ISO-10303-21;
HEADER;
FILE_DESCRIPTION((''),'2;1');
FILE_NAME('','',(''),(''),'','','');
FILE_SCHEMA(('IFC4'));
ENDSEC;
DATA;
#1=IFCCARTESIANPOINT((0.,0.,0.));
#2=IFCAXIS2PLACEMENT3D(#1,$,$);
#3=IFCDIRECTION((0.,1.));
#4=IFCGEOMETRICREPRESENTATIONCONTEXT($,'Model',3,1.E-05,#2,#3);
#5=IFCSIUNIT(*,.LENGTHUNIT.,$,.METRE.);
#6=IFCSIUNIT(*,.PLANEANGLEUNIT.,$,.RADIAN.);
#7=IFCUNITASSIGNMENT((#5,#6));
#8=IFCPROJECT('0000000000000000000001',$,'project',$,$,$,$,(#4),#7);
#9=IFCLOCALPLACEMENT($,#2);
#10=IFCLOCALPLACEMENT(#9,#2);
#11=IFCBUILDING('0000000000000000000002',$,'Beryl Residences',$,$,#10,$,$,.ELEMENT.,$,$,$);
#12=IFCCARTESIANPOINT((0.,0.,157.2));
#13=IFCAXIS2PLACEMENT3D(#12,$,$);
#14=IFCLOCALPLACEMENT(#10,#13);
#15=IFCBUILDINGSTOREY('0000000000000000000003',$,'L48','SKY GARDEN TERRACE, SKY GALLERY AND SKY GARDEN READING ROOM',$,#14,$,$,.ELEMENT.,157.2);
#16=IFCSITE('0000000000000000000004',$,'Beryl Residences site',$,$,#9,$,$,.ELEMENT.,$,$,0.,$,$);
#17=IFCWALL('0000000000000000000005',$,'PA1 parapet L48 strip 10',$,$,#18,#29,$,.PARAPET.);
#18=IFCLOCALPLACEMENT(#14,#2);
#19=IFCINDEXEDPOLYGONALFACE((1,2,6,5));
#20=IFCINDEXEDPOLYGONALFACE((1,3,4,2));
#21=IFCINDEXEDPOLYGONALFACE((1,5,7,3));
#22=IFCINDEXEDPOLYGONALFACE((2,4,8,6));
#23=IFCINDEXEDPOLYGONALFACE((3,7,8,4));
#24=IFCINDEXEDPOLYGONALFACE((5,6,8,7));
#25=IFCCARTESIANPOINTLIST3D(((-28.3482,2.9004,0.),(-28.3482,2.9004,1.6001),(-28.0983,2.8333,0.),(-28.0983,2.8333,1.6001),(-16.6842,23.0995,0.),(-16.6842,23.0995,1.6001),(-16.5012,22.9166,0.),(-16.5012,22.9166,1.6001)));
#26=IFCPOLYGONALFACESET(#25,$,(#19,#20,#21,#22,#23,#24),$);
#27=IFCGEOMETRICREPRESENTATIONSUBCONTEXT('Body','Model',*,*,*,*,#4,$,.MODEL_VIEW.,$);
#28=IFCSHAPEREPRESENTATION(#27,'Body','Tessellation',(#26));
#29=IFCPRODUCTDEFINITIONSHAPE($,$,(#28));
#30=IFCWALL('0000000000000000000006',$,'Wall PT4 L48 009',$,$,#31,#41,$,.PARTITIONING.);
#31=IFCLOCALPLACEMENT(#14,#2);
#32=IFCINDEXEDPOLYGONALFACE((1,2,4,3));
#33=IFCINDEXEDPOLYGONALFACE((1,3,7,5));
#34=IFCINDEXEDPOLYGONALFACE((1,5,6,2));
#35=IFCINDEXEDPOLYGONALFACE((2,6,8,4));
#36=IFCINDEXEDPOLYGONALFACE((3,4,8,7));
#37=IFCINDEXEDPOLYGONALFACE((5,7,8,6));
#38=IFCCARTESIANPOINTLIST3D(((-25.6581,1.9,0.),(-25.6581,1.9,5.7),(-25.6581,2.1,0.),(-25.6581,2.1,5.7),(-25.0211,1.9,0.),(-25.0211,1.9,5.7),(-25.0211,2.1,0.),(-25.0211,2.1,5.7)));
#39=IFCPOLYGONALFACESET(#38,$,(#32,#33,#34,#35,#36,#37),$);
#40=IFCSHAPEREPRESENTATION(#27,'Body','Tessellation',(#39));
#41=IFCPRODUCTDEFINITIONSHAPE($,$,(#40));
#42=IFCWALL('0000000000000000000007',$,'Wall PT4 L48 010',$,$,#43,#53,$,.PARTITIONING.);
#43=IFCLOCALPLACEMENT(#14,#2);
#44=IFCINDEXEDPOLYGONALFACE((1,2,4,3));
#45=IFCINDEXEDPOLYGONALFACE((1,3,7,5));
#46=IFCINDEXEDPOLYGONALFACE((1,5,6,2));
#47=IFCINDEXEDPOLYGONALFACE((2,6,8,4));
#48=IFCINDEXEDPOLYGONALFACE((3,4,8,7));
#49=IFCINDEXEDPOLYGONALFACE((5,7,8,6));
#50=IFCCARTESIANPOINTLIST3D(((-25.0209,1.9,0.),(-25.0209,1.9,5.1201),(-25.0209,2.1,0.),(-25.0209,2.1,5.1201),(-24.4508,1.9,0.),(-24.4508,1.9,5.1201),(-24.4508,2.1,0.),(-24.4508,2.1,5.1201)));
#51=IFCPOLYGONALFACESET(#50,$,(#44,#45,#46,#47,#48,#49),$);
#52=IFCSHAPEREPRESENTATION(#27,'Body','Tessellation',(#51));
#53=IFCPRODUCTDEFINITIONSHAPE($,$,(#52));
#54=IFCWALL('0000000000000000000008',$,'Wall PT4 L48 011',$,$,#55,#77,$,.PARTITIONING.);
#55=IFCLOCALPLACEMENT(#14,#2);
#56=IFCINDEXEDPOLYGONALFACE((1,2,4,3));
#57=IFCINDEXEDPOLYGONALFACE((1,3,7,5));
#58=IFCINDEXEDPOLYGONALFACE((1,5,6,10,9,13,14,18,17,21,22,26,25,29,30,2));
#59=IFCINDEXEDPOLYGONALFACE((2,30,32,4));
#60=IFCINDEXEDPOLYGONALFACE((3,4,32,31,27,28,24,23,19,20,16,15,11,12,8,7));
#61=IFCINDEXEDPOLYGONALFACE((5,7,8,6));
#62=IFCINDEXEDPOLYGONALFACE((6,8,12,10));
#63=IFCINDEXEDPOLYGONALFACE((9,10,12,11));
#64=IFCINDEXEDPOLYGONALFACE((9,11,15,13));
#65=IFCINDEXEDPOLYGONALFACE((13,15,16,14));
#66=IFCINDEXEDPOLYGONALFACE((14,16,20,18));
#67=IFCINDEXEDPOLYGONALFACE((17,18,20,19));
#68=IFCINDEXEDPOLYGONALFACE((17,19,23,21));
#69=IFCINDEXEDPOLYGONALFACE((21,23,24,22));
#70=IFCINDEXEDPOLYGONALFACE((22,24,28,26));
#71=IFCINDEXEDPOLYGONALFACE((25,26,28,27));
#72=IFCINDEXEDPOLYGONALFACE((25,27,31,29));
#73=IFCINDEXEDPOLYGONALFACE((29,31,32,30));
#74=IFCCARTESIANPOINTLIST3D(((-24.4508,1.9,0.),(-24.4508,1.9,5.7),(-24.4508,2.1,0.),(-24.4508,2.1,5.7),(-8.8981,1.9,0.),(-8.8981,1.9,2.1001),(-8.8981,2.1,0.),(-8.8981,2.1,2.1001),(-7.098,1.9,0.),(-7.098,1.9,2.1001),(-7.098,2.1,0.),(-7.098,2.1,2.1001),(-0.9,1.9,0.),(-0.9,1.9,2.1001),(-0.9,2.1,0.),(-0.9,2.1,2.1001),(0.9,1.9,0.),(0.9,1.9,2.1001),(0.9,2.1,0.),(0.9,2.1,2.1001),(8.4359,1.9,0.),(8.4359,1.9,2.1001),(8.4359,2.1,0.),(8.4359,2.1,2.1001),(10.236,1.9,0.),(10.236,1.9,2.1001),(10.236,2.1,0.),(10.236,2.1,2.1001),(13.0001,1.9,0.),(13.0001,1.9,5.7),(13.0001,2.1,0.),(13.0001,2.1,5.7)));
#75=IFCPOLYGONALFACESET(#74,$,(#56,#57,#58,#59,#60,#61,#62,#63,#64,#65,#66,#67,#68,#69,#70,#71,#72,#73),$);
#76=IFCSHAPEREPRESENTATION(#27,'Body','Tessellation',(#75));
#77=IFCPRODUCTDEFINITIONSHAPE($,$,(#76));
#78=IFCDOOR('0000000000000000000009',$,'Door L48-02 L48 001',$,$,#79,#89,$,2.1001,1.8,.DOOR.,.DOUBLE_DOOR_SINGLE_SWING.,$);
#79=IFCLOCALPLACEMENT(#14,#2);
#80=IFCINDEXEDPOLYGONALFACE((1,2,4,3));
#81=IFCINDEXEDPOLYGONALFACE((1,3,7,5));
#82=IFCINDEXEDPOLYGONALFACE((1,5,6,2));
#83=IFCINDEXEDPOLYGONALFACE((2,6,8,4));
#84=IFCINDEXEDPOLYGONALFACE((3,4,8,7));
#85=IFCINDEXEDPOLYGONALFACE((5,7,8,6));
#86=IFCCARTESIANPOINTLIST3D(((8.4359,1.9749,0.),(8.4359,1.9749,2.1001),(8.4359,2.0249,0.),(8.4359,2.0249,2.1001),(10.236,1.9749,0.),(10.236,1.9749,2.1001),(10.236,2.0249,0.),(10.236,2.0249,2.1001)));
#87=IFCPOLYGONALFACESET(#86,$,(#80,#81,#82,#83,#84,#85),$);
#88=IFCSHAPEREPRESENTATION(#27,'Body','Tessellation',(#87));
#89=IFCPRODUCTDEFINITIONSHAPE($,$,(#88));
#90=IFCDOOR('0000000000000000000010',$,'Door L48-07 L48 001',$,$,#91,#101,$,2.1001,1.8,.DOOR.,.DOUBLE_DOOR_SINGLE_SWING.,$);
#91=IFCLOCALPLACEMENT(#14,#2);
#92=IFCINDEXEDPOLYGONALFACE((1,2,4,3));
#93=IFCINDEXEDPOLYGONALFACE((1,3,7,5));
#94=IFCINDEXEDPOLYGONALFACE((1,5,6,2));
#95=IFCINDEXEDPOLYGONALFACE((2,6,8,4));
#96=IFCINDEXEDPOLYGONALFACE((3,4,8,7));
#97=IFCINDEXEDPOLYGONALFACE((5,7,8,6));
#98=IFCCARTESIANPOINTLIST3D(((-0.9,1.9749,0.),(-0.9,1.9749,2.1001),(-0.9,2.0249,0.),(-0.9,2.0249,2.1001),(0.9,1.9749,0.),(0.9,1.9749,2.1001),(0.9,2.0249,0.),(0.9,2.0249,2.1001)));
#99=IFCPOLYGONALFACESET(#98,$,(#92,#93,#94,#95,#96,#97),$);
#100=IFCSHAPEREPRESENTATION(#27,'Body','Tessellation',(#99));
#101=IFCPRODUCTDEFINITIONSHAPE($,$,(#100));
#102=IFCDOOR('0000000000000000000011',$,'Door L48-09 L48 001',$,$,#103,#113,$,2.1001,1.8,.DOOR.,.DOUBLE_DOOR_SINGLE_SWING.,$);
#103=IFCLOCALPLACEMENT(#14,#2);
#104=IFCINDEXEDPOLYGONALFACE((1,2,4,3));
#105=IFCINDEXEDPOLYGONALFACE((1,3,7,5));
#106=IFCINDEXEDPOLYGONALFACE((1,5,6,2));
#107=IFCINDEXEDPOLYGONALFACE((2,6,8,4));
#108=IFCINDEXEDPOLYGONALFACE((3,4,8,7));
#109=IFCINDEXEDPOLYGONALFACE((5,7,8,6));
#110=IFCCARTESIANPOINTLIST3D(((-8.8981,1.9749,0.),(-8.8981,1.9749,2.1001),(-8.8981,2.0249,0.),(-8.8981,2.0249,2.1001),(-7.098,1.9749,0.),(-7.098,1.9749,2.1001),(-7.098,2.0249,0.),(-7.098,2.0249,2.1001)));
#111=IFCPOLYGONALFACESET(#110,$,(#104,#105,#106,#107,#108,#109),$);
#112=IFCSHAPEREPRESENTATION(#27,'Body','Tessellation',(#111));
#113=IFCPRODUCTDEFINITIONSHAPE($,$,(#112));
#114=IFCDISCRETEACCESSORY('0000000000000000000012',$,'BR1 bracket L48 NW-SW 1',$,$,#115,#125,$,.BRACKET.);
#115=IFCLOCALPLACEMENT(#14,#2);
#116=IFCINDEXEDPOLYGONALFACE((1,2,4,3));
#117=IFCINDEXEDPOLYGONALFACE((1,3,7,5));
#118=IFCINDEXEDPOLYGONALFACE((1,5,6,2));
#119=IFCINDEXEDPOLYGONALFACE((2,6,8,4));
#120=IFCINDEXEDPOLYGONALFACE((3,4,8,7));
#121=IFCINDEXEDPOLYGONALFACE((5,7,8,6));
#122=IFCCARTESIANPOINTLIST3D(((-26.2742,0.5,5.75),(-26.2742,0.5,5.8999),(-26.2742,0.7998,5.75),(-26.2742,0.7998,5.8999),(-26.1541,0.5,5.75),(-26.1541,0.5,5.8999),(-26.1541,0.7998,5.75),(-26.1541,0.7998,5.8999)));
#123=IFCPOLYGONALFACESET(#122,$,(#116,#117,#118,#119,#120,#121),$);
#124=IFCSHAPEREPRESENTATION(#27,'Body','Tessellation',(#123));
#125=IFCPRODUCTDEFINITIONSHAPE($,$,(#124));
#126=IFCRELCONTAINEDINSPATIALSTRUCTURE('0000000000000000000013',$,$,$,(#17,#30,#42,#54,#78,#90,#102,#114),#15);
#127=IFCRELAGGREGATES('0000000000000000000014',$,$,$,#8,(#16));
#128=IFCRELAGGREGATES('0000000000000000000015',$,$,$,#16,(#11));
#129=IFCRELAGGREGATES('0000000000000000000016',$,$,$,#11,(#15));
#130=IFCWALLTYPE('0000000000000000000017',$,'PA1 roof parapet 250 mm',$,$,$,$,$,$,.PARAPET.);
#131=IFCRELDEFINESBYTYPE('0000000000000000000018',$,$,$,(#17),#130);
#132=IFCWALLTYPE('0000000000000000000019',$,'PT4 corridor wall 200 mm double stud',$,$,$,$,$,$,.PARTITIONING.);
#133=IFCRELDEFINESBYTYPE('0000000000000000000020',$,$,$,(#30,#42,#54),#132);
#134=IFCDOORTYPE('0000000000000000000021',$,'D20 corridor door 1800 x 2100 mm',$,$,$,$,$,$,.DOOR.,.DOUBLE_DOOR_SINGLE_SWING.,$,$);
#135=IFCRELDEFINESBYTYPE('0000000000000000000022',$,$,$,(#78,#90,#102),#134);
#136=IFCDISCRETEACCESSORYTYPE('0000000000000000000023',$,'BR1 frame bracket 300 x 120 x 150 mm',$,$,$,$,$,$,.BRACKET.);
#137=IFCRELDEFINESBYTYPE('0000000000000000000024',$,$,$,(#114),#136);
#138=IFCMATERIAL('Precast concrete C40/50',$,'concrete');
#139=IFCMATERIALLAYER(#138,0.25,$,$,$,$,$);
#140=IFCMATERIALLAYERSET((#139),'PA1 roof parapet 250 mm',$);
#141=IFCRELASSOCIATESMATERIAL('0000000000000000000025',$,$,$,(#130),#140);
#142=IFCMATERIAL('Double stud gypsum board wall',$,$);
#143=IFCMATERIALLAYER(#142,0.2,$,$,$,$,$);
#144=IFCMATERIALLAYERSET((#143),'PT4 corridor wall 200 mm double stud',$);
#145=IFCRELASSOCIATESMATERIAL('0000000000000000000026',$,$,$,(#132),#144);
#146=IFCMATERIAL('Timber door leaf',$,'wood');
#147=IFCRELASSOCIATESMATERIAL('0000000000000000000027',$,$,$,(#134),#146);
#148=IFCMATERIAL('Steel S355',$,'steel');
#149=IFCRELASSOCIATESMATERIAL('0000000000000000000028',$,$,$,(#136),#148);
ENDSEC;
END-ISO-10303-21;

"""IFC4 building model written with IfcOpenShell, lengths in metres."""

from ifc_helpers import new_model, si_unit, direction, frame, frame_2d, origin, place, context, subcontext, project, spatial, polyline, rectangle, outline, extrude, source, transform, mapped, material, layer, layer_set, type_object, type_shapes, element, fill, save


model = new_model("IFC4")

# Units and contexts
model_context = context("Model", 3, precision=1e-05, world=origin(), true_north=direction((0.0, 1.0)))
body_context = subcontext(model_context, "Body", "Model", "MODEL_VIEW")
ifc_project = project(units=[si_unit("LENGTHUNIT", "METRE"), si_unit("PLANEANGLEUNIT", "RADIAN")], contexts=[model_context])

# Site, building, storey
site_placement = place(None, origin())
site = spatial("IfcSite", under=ifc_project, at=site_placement, Name="Beryl Residences site", CompositionType="ELEMENT", RefElevation=0.0)
building_placement = place(site_placement, origin())
building = spatial("IfcBuilding", under=site, at=building_placement, Name="Beryl Residences", CompositionType="ELEMENT")
storey_placement = place(building_placement, frame((0.0, 0.0, 157.2)))
storey = spatial("IfcBuildingStorey", under=building, at=storey_placement, Name="L48", Description="SKY GARDEN TERRACE, SKY GALLERY AND SKY GARDEN READING ROOM", CompositionType="ELEMENT", Elevation=157.2)

# Walls
ifc_material_1 = material(Name="Precast concrete C40/50", Category="concrete")
ifc_layer_1 = layer(ifc_material_1, 0.25)
ifc_layer_set_1 = layer_set([ifc_layer_1], Name="PA1 roof parapet 250 mm")
wall_type_1 = type_object("IfcWallType", Name="PA1 roof parapet 250 mm", PredefinedType="PARAPET", material=ifc_layer_set_1)
wall_1_placement = place(storey_placement, frame((-28.24, 2.8379, 0.0), z_axis=(0.0, 0.0, 1.0), x_axis=(0.500066, 0.865988, 0.0)))
element("IfcWall", 1, at=wall_1_placement, inside=storey, type_object=wall_type_1, Name="PA1 parapet L48 strip 10", PredefinedType="PARAPET", context=body_context, shape_type="SweptSolid", body=[
    extrude(outline(polyline([(0.0669, -0.125), (23.2581, -0.125), (23.325, 0.125), (0.0, 0.125), (0.0669, -0.125)])), origin(), (0.0, 0.0, 1.0), 1.6001),
])
ifc_material_2 = material(Name="Double stud gypsum board wall")
ifc_layer_2 = layer(ifc_material_2, 0.2)
ifc_layer_set_2 = layer_set([ifc_layer_2], Name="PT4 corridor wall 200 mm double stud")
wall_type_2 = type_object("IfcWallType", Name="PT4 corridor wall 200 mm double stud", PredefinedType="PARTITIONING", material=ifc_layer_set_2)
wall_2_placement = place(storey_placement, frame((-25.658, 2.0, 0.0), z_axis=(0.0, 0.0, 1.0), x_axis=(1.0, 0.0, 0.0)))
element("IfcWall", 2, at=wall_2_placement, inside=storey, type_object=wall_type_2, Name="Wall PT4 L48 009", PredefinedType="PARTITIONING", context=body_context, shape_type="SweptSolid", body=[
    extrude(rectangle(XDim=0.637, YDim=0.2, at=frame_2d((0.3184, 0.0))), origin(), (0.0, 0.0, 1.0), 5.7),
])
wall_3_placement = place(storey_placement, frame((-25.021, 2.0, 0.0), z_axis=(0.0, 0.0, 1.0), x_axis=(1.0, 0.0, 0.0)))
element("IfcWall", 3, at=wall_3_placement, inside=storey, type_object=wall_type_2, Name="Wall PT4 L48 010", PredefinedType="PARTITIONING", context=body_context, shape_type="SweptSolid", body=[
    extrude(rectangle(XDim=0.5701, YDim=0.2, at=frame_2d((0.2852, 0.0))), origin(), (0.0, 0.0, 1.0), 5.1201),
])

# Wall, openings, doors
wall_4_placement = place(storey_placement, frame((-24.4509, 2.0, 0.0), z_axis=(0.0, 0.0, 1.0), x_axis=(1.0, 0.0, 0.0)))
wall_4 = element("IfcWall", 4, at=wall_4_placement, inside=storey, type_object=wall_type_2, Name="Wall PT4 L48 011", PredefinedType="PARTITIONING", context=body_context, shape_type="SweptSolid", body=[
    extrude(rectangle(XDim=37.4509, YDim=0.2, at=frame_2d((18.7256, 0.0))), origin(), (0.0, 0.0, 1.0), 5.7),
])
opening_1_placement = place(wall_4_placement, frame((32.887, 0.0, 0.0)))
opening_1 = element("IfcOpeningElement", 5, at=opening_1_placement, cuts=wall_4, PredefinedType="OPENING", context=body_context, shape_type="SweptSolid", body=[
    extrude(rectangle(XDim=1.8, YDim=2.1001, at=frame_2d((0.8999, 1.05))), frame((0.0, 0.1099, 0.0), z_axis=(0.0, -1.0, 0.0), x_axis=(1.0, 0.0, 0.0)), (0.0, 0.0, 1.0), 0.22),
])
opening_2_placement = place(wall_4_placement, frame((23.551, 0.0, 0.0)))
opening_2 = element("IfcOpeningElement", 6, at=opening_2_placement, cuts=wall_4, PredefinedType="OPENING", context=body_context, shape_type="SweptSolid", body=[
    extrude(rectangle(XDim=1.8, YDim=2.1001, at=frame_2d((0.8999, 1.05))), frame((0.0, 0.1099, 0.0), z_axis=(0.0, -1.0, 0.0), x_axis=(1.0, 0.0, 0.0)), (0.0, 0.0, 1.0), 0.22),
])
opening_3_placement = place(wall_4_placement, frame((15.553, 0.0, 0.0)))
opening_3 = element("IfcOpeningElement", 7, at=opening_3_placement, cuts=wall_4, PredefinedType="OPENING", context=body_context, shape_type="SweptSolid", body=[
    extrude(rectangle(XDim=1.8, YDim=2.1001, at=frame_2d((0.8999, 1.05))), frame((0.0, 0.1099, 0.0), z_axis=(0.0, -1.0, 0.0), x_axis=(1.0, 0.0, 0.0)), (0.0, 0.0, 1.0), 0.22),
])
ifc_material_3 = material(Name="Timber door leaf", Category="wood")
door_type = type_object("IfcDoorType", Name="D20 corridor door 1800 x 2100 mm", OperationType="DOUBLE_DOOR_SINGLE_SWING", PredefinedType="DOOR", material=ifc_material_3)
door_1_placement = place(opening_1_placement, origin())
door_1 = element("IfcDoor", 8, at=door_1_placement, inside=storey, type_object=door_type, Name="Door L48-02 L48 001", OperationType="DOUBLE_DOOR_SINGLE_SWING", OverallHeight=2.1001, OverallWidth=1.8, PredefinedType="DOOR", context=body_context, shape_type="SweptSolid", body=[
    extrude(rectangle(XDim=1.8, YDim=2.1001, at=frame_2d((0.8999, 1.05))), frame((0.0, 0.0249, 0.0), z_axis=(0.0, -1.0, 0.0), x_axis=(1.0, 0.0, 0.0)), (0.0, 0.0, 1.0), 0.05),
])
fill(opening_1, door_1)
door_2_placement = place(opening_2_placement, origin())
door_2 = element("IfcDoor", 9, at=door_2_placement, inside=storey, type_object=door_type, Name="Door L48-07 L48 001", OperationType="DOUBLE_DOOR_SINGLE_SWING", OverallHeight=2.1001, OverallWidth=1.8, PredefinedType="DOOR", context=body_context, shape_type="SweptSolid", body=[
    extrude(rectangle(XDim=1.8, YDim=2.1001, at=frame_2d((0.8999, 1.05))), frame((0.0, 0.0249, 0.0), z_axis=(0.0, -1.0, 0.0), x_axis=(1.0, 0.0, 0.0)), (0.0, 0.0, 1.0), 0.05),
])
fill(opening_2, door_2)
door_3_placement = place(opening_3_placement, origin())
door_3 = element("IfcDoor", 10, at=door_3_placement, inside=storey, type_object=door_type, Name="Door L48-09 L48 001", OperationType="DOUBLE_DOOR_SINGLE_SWING", OverallHeight=2.1001, OverallWidth=1.8, PredefinedType="DOOR", context=body_context, shape_type="SweptSolid", body=[
    extrude(rectangle(XDim=1.8, YDim=2.1001, at=frame_2d((0.8999, 1.05))), frame((0.0, 0.0249, 0.0), z_axis=(0.0, -1.0, 0.0), x_axis=(1.0, 0.0, 0.0)), (0.0, 0.0, 1.0), 0.05),
])
fill(opening_3, door_3)

# Discrete accessory
ifc_material_4 = material(Name="Steel S355", Category="steel")
discrete_accessory_type = type_object("IfcDiscreteAccessoryType", Name="BR1 frame bracket 300 x 120 x 150 mm", PredefinedType="BRACKET", material=ifc_material_4)
shared_shape_1 = source(origin(), body_context, "Body", "SweptSolid", [
    extrude(outline(polyline([(-0.1499, 0.0), (0.1499, 0.0), (0.1499, 0.1201), (-0.1499, 0.1201), (-0.1499, 0.0)])), origin(), (0.0, 0.0, 1.0), 0.1499),
])
type_shapes(discrete_accessory_type, [shared_shape_1])
discrete_accessory_placement = place(storey_placement, frame((-26.1541, 0.6499, 5.75), z_axis=(0.0, 0.0, 1.0), x_axis=(0.0, 1.0, 0.0)))
element("IfcDiscreteAccessory", 11, at=discrete_accessory_placement, inside=storey, type_object=discrete_accessory_type, Name="BR1 bracket L48 NW-SW 1", PredefinedType="BRACKET", context=body_context, shape_type="MappedRepresentation", body=[
    mapped(shared_shape_1, transform((0.0, 0.0, 0.0))),
])

save(model, "model.ifc")
